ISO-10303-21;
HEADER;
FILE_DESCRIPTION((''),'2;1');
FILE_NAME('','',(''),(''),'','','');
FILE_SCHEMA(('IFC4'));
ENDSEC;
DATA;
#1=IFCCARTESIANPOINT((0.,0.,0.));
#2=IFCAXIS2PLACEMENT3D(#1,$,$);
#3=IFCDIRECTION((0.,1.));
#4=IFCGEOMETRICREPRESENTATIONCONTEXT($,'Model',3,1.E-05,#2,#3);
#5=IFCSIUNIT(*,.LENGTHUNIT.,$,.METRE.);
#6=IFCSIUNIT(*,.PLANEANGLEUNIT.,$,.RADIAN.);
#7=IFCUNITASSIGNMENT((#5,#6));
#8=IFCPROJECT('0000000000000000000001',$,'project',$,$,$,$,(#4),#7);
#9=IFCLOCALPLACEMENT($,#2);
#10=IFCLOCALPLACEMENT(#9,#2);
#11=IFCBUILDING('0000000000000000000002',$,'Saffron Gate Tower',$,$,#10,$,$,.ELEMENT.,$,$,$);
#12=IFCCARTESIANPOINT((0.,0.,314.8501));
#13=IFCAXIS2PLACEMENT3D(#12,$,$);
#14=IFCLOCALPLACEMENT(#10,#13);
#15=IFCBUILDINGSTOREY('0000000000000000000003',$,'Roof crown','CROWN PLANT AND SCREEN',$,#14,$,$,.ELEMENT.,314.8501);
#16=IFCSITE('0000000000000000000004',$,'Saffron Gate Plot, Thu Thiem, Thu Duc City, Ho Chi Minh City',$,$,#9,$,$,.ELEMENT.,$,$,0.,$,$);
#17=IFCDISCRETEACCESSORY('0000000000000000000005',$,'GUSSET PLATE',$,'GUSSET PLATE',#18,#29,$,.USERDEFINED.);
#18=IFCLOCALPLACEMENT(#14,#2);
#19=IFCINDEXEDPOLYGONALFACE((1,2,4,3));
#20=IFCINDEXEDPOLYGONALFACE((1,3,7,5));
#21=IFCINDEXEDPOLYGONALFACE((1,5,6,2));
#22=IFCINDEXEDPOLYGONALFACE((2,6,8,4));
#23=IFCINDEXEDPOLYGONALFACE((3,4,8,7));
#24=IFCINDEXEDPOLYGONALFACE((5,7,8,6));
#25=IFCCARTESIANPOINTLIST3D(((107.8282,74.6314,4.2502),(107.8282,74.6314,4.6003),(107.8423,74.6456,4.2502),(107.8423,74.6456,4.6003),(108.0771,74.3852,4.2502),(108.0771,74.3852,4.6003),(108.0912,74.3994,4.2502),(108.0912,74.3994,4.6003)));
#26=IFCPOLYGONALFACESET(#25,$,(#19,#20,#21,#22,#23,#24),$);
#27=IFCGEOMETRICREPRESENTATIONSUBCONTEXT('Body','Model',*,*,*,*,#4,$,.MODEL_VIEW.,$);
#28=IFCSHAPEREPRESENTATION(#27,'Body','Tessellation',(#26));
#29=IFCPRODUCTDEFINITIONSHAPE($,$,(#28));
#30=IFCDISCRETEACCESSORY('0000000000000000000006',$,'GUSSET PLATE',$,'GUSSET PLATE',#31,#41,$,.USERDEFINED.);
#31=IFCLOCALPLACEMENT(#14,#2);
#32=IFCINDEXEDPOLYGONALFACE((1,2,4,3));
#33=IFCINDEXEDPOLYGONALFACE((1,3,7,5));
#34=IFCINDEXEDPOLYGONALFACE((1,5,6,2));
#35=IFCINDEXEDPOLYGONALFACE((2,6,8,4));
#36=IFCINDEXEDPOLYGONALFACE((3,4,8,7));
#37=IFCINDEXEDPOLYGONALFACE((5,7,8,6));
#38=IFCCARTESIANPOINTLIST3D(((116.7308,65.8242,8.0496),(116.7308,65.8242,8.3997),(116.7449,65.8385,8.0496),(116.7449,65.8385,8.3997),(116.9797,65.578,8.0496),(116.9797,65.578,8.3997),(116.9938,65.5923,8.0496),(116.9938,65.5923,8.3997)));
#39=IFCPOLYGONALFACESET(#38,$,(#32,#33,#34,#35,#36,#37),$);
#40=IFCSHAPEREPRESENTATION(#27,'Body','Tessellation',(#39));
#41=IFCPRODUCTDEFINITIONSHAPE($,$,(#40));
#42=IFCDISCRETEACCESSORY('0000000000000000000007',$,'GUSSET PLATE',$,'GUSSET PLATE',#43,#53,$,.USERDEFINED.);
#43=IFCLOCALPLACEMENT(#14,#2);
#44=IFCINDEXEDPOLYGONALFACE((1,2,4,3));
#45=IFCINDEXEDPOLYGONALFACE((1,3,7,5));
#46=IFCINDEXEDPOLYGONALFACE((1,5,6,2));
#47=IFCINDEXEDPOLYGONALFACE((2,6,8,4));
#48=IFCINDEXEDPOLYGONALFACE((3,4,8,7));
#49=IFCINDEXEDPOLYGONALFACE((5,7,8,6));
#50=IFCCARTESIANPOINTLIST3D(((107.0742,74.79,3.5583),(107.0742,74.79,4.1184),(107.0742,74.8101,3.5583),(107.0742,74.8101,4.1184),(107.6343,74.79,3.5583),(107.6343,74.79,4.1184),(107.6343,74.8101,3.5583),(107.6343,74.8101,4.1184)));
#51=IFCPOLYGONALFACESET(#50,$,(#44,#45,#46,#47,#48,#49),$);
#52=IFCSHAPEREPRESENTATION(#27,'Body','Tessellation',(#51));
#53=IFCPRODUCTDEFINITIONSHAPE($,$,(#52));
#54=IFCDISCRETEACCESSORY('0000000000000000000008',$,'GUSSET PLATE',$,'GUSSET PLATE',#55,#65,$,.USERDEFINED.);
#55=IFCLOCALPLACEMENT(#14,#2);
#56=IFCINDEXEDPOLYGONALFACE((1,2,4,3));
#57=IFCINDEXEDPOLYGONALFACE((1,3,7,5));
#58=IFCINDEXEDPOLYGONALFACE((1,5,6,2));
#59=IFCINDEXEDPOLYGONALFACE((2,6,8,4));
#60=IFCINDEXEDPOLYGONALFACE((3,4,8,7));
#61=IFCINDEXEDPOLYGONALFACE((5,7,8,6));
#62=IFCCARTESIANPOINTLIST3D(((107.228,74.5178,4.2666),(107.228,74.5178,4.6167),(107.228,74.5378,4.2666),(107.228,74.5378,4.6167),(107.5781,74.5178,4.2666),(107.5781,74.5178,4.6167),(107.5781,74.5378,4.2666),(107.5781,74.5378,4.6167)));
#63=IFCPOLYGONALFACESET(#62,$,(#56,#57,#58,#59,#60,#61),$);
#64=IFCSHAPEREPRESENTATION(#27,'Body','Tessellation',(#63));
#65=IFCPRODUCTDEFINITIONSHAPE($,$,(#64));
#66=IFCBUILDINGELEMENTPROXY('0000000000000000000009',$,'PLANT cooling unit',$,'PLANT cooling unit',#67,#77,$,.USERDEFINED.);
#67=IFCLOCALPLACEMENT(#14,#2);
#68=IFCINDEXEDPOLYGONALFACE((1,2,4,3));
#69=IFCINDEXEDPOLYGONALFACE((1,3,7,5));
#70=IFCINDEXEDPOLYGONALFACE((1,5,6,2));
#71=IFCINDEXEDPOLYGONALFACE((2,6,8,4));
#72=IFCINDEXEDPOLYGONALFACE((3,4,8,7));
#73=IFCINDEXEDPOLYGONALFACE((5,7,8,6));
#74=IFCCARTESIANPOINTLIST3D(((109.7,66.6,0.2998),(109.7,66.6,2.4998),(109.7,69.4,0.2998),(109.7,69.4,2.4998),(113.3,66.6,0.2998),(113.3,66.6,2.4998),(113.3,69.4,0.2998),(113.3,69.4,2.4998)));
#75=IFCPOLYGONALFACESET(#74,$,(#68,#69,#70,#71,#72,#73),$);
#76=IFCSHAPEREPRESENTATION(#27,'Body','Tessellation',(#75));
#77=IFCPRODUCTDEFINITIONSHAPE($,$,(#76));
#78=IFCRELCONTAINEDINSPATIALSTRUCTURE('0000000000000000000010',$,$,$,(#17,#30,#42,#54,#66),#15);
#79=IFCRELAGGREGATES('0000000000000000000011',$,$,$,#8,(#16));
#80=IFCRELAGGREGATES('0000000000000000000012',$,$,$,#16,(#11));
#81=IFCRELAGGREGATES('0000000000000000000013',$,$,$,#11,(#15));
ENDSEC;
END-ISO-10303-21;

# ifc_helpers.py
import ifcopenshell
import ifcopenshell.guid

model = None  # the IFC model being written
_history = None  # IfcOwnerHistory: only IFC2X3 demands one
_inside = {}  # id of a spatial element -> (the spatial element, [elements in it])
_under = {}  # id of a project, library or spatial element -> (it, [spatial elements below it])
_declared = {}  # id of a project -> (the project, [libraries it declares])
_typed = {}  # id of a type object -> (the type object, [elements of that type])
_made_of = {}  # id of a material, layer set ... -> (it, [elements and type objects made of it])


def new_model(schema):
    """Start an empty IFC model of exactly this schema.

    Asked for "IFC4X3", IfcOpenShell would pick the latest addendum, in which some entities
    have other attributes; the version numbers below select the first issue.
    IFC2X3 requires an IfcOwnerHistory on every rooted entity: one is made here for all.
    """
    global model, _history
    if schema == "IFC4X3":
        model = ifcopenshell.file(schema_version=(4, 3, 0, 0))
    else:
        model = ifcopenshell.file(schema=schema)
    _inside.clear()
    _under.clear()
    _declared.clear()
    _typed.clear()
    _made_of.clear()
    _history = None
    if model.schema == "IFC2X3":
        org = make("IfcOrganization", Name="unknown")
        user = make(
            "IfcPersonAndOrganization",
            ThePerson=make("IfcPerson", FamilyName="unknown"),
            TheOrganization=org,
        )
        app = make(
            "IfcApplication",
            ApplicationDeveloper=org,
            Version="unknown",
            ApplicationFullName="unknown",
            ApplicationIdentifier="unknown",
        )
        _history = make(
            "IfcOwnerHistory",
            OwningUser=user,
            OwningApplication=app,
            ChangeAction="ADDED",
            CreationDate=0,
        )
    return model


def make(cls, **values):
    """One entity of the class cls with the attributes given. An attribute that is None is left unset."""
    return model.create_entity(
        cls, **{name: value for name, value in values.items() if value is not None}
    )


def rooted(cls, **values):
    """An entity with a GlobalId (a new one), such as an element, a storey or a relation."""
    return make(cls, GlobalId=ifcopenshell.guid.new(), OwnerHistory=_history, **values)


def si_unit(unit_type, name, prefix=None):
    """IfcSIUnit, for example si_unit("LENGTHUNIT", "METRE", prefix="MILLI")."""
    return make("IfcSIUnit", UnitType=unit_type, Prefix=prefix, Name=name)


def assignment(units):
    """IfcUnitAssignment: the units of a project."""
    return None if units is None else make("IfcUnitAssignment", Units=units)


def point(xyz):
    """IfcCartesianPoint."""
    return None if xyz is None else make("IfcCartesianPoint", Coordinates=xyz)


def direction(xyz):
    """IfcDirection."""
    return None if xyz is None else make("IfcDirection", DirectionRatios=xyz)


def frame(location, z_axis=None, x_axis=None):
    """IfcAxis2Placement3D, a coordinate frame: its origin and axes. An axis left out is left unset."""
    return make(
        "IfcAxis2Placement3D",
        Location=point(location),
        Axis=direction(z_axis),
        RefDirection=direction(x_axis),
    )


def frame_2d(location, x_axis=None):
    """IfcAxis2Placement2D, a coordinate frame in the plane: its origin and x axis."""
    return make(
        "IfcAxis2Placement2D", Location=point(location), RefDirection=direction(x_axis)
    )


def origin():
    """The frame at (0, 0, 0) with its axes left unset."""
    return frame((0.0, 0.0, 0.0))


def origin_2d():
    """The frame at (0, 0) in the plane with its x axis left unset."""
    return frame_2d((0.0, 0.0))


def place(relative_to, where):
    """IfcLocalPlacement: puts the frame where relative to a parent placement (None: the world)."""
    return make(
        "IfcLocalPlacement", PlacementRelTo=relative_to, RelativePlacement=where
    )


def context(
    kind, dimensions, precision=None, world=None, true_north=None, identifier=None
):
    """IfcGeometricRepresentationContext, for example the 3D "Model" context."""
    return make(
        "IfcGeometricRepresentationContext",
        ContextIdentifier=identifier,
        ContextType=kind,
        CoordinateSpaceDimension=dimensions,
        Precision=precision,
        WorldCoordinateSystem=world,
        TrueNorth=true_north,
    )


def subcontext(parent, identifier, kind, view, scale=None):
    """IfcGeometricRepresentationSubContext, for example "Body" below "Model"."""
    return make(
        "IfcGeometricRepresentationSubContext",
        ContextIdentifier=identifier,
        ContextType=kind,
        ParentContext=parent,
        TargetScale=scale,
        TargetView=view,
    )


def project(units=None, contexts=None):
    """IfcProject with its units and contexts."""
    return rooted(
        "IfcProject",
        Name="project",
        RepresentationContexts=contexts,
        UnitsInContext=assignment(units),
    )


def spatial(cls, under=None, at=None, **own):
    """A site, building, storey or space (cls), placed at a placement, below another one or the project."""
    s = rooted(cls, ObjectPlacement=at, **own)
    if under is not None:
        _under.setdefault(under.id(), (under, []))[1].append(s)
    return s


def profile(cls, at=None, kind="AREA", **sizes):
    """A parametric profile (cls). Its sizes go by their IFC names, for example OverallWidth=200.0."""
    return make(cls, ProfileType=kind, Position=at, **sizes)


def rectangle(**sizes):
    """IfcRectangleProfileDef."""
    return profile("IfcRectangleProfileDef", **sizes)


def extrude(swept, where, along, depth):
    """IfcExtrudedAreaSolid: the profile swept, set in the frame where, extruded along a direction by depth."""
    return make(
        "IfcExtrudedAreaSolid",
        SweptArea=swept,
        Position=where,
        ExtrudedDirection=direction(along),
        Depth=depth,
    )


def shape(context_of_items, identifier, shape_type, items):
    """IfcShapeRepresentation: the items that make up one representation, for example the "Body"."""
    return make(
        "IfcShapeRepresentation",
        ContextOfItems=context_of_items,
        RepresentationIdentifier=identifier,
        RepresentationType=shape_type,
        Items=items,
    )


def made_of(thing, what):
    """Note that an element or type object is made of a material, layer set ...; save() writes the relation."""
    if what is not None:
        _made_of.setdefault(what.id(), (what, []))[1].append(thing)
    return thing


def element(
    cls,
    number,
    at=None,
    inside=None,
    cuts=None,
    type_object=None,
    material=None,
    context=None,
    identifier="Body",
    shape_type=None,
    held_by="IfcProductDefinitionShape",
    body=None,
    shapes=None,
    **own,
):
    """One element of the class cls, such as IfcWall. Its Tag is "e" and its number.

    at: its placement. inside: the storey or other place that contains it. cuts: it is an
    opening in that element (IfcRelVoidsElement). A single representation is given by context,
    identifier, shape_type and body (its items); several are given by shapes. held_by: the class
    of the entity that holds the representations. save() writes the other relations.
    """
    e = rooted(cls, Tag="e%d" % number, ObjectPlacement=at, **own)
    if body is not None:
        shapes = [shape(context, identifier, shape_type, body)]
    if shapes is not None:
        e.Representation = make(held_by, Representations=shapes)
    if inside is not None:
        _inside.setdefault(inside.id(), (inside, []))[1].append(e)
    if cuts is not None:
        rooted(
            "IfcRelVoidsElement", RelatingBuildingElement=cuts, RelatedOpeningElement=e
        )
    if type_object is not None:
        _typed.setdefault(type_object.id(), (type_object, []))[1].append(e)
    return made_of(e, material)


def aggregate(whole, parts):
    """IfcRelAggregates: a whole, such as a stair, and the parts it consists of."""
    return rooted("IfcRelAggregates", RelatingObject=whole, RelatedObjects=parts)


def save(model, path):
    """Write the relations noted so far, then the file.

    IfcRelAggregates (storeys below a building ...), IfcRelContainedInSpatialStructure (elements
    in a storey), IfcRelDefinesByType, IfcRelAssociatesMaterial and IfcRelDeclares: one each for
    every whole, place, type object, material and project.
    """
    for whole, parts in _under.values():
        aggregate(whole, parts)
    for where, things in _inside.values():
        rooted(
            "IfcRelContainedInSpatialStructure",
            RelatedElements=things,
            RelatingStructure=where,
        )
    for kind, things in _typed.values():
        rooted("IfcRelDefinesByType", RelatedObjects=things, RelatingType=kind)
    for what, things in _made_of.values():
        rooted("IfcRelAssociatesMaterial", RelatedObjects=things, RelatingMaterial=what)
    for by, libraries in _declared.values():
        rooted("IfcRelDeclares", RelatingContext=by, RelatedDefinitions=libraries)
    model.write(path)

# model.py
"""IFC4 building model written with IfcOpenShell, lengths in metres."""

from ifc_helpers import new_model, si_unit, direction, frame, origin, origin_2d, place, context, subcontext, project, spatial, rectangle, extrude, element, save


model = new_model("IFC4")

# Units and contexts
model_context = context("Model", 3, precision=1e-05, world=origin(), true_north=direction((0.0, 1.0)))
body_context = subcontext(model_context, "Body", "Model", "MODEL_VIEW")
ifc_project = project(units=[si_unit("LENGTHUNIT", "METRE"), si_unit("PLANEANGLEUNIT", "RADIAN")], contexts=[model_context])

# Site, building, storey
site_placement = place(None, origin())
site = spatial("IfcSite", under=ifc_project, at=site_placement, Name="Saffron Gate Plot, Thu Thiem, Thu Duc City, Ho Chi Minh City", CompositionType="ELEMENT", RefElevation=0.0)
building_placement = place(site_placement, origin())
building = spatial("IfcBuilding", under=site, at=building_placement, Name="Saffron Gate Tower", CompositionType="ELEMENT")
storey_placement = place(building_placement, frame((0.0, 0.0, 314.8501)))
storey = spatial("IfcBuildingStorey", under=building, at=storey_placement, Name="Roof crown", Description="CROWN PLANT AND SCREEN", CompositionType="ELEMENT", Elevation=314.8501)

# Discrete accessories
for number, where, z_axis, x_axis, name in (
    (1, (107.9597, 74.5154, 4.2502), (0.0, 0.0, 1.0), (0.710903, -0.70329, 0.0), "GUSSET PLATE"),
    (2, (116.8623, 65.7083, 8.0496), (0.0, 0.0, 1.0), (0.710903, -0.70329, 0.0), "GUSSET PLATE"),
):
    element("IfcDiscreteAccessory", number, at=place(storey_placement, frame(where, z_axis=z_axis, x_axis=x_axis)), inside=storey, Name=name, ObjectType="GUSSET PLATE", PredefinedType="USERDEFINED", context=body_context, shape_type="SweptSolid", body=[
        extrude(rectangle(XDim=0.3501, YDim=0.02, at=origin_2d()), origin(), (0.0, 0.0, 1.0), 0.3501),
    ])
discrete_accessory_1_placement = place(storey_placement, frame((107.3542, 74.8, 3.5583), z_axis=(0.0, 0.0, 1.0), x_axis=(1.0, 0.0, 0.0)))
element("IfcDiscreteAccessory", 3, at=discrete_accessory_1_placement, inside=storey, Name="GUSSET PLATE", ObjectType="GUSSET PLATE", PredefinedType="USERDEFINED", context=body_context, shape_type="SweptSolid", body=[
    extrude(rectangle(XDim=0.5601, YDim=0.02, at=origin_2d()), origin(), (0.0, 0.0, 1.0), 0.5601),
])
discrete_accessory_2_placement = place(storey_placement, frame((107.4031, 74.5278, 4.2666), z_axis=(0.0, 0.0, 1.0), x_axis=(-1.0, 0.0, 0.0)))
element("IfcDiscreteAccessory", 4, at=discrete_accessory_2_placement, inside=storey, Name="GUSSET PLATE", ObjectType="GUSSET PLATE", PredefinedType="USERDEFINED", context=body_context, shape_type="SweptSolid", body=[
    extrude(rectangle(XDim=0.3501, YDim=0.02, at=origin_2d()), origin(), (0.0, 0.0, 1.0), 0.3501),
])

# Building element proxy
proxy_placement = place(storey_placement, frame((111.5, 68.0, 0.2998), z_axis=(0.0, 0.0, 1.0), x_axis=(1.0, 0.0, 0.0)))
element("IfcBuildingElementProxy", 5, at=proxy_placement, inside=storey, Name="PLANT cooling unit", ObjectType="PLANT cooling unit", PredefinedType="USERDEFINED", context=body_context, shape_type="SweptSolid", body=[
    extrude(rectangle(XDim=3.6001, YDim=2.8, at=origin_2d()), origin(), (0.0, 0.0, 1.0), 2.2),
])

save(model, "model.ifc")
